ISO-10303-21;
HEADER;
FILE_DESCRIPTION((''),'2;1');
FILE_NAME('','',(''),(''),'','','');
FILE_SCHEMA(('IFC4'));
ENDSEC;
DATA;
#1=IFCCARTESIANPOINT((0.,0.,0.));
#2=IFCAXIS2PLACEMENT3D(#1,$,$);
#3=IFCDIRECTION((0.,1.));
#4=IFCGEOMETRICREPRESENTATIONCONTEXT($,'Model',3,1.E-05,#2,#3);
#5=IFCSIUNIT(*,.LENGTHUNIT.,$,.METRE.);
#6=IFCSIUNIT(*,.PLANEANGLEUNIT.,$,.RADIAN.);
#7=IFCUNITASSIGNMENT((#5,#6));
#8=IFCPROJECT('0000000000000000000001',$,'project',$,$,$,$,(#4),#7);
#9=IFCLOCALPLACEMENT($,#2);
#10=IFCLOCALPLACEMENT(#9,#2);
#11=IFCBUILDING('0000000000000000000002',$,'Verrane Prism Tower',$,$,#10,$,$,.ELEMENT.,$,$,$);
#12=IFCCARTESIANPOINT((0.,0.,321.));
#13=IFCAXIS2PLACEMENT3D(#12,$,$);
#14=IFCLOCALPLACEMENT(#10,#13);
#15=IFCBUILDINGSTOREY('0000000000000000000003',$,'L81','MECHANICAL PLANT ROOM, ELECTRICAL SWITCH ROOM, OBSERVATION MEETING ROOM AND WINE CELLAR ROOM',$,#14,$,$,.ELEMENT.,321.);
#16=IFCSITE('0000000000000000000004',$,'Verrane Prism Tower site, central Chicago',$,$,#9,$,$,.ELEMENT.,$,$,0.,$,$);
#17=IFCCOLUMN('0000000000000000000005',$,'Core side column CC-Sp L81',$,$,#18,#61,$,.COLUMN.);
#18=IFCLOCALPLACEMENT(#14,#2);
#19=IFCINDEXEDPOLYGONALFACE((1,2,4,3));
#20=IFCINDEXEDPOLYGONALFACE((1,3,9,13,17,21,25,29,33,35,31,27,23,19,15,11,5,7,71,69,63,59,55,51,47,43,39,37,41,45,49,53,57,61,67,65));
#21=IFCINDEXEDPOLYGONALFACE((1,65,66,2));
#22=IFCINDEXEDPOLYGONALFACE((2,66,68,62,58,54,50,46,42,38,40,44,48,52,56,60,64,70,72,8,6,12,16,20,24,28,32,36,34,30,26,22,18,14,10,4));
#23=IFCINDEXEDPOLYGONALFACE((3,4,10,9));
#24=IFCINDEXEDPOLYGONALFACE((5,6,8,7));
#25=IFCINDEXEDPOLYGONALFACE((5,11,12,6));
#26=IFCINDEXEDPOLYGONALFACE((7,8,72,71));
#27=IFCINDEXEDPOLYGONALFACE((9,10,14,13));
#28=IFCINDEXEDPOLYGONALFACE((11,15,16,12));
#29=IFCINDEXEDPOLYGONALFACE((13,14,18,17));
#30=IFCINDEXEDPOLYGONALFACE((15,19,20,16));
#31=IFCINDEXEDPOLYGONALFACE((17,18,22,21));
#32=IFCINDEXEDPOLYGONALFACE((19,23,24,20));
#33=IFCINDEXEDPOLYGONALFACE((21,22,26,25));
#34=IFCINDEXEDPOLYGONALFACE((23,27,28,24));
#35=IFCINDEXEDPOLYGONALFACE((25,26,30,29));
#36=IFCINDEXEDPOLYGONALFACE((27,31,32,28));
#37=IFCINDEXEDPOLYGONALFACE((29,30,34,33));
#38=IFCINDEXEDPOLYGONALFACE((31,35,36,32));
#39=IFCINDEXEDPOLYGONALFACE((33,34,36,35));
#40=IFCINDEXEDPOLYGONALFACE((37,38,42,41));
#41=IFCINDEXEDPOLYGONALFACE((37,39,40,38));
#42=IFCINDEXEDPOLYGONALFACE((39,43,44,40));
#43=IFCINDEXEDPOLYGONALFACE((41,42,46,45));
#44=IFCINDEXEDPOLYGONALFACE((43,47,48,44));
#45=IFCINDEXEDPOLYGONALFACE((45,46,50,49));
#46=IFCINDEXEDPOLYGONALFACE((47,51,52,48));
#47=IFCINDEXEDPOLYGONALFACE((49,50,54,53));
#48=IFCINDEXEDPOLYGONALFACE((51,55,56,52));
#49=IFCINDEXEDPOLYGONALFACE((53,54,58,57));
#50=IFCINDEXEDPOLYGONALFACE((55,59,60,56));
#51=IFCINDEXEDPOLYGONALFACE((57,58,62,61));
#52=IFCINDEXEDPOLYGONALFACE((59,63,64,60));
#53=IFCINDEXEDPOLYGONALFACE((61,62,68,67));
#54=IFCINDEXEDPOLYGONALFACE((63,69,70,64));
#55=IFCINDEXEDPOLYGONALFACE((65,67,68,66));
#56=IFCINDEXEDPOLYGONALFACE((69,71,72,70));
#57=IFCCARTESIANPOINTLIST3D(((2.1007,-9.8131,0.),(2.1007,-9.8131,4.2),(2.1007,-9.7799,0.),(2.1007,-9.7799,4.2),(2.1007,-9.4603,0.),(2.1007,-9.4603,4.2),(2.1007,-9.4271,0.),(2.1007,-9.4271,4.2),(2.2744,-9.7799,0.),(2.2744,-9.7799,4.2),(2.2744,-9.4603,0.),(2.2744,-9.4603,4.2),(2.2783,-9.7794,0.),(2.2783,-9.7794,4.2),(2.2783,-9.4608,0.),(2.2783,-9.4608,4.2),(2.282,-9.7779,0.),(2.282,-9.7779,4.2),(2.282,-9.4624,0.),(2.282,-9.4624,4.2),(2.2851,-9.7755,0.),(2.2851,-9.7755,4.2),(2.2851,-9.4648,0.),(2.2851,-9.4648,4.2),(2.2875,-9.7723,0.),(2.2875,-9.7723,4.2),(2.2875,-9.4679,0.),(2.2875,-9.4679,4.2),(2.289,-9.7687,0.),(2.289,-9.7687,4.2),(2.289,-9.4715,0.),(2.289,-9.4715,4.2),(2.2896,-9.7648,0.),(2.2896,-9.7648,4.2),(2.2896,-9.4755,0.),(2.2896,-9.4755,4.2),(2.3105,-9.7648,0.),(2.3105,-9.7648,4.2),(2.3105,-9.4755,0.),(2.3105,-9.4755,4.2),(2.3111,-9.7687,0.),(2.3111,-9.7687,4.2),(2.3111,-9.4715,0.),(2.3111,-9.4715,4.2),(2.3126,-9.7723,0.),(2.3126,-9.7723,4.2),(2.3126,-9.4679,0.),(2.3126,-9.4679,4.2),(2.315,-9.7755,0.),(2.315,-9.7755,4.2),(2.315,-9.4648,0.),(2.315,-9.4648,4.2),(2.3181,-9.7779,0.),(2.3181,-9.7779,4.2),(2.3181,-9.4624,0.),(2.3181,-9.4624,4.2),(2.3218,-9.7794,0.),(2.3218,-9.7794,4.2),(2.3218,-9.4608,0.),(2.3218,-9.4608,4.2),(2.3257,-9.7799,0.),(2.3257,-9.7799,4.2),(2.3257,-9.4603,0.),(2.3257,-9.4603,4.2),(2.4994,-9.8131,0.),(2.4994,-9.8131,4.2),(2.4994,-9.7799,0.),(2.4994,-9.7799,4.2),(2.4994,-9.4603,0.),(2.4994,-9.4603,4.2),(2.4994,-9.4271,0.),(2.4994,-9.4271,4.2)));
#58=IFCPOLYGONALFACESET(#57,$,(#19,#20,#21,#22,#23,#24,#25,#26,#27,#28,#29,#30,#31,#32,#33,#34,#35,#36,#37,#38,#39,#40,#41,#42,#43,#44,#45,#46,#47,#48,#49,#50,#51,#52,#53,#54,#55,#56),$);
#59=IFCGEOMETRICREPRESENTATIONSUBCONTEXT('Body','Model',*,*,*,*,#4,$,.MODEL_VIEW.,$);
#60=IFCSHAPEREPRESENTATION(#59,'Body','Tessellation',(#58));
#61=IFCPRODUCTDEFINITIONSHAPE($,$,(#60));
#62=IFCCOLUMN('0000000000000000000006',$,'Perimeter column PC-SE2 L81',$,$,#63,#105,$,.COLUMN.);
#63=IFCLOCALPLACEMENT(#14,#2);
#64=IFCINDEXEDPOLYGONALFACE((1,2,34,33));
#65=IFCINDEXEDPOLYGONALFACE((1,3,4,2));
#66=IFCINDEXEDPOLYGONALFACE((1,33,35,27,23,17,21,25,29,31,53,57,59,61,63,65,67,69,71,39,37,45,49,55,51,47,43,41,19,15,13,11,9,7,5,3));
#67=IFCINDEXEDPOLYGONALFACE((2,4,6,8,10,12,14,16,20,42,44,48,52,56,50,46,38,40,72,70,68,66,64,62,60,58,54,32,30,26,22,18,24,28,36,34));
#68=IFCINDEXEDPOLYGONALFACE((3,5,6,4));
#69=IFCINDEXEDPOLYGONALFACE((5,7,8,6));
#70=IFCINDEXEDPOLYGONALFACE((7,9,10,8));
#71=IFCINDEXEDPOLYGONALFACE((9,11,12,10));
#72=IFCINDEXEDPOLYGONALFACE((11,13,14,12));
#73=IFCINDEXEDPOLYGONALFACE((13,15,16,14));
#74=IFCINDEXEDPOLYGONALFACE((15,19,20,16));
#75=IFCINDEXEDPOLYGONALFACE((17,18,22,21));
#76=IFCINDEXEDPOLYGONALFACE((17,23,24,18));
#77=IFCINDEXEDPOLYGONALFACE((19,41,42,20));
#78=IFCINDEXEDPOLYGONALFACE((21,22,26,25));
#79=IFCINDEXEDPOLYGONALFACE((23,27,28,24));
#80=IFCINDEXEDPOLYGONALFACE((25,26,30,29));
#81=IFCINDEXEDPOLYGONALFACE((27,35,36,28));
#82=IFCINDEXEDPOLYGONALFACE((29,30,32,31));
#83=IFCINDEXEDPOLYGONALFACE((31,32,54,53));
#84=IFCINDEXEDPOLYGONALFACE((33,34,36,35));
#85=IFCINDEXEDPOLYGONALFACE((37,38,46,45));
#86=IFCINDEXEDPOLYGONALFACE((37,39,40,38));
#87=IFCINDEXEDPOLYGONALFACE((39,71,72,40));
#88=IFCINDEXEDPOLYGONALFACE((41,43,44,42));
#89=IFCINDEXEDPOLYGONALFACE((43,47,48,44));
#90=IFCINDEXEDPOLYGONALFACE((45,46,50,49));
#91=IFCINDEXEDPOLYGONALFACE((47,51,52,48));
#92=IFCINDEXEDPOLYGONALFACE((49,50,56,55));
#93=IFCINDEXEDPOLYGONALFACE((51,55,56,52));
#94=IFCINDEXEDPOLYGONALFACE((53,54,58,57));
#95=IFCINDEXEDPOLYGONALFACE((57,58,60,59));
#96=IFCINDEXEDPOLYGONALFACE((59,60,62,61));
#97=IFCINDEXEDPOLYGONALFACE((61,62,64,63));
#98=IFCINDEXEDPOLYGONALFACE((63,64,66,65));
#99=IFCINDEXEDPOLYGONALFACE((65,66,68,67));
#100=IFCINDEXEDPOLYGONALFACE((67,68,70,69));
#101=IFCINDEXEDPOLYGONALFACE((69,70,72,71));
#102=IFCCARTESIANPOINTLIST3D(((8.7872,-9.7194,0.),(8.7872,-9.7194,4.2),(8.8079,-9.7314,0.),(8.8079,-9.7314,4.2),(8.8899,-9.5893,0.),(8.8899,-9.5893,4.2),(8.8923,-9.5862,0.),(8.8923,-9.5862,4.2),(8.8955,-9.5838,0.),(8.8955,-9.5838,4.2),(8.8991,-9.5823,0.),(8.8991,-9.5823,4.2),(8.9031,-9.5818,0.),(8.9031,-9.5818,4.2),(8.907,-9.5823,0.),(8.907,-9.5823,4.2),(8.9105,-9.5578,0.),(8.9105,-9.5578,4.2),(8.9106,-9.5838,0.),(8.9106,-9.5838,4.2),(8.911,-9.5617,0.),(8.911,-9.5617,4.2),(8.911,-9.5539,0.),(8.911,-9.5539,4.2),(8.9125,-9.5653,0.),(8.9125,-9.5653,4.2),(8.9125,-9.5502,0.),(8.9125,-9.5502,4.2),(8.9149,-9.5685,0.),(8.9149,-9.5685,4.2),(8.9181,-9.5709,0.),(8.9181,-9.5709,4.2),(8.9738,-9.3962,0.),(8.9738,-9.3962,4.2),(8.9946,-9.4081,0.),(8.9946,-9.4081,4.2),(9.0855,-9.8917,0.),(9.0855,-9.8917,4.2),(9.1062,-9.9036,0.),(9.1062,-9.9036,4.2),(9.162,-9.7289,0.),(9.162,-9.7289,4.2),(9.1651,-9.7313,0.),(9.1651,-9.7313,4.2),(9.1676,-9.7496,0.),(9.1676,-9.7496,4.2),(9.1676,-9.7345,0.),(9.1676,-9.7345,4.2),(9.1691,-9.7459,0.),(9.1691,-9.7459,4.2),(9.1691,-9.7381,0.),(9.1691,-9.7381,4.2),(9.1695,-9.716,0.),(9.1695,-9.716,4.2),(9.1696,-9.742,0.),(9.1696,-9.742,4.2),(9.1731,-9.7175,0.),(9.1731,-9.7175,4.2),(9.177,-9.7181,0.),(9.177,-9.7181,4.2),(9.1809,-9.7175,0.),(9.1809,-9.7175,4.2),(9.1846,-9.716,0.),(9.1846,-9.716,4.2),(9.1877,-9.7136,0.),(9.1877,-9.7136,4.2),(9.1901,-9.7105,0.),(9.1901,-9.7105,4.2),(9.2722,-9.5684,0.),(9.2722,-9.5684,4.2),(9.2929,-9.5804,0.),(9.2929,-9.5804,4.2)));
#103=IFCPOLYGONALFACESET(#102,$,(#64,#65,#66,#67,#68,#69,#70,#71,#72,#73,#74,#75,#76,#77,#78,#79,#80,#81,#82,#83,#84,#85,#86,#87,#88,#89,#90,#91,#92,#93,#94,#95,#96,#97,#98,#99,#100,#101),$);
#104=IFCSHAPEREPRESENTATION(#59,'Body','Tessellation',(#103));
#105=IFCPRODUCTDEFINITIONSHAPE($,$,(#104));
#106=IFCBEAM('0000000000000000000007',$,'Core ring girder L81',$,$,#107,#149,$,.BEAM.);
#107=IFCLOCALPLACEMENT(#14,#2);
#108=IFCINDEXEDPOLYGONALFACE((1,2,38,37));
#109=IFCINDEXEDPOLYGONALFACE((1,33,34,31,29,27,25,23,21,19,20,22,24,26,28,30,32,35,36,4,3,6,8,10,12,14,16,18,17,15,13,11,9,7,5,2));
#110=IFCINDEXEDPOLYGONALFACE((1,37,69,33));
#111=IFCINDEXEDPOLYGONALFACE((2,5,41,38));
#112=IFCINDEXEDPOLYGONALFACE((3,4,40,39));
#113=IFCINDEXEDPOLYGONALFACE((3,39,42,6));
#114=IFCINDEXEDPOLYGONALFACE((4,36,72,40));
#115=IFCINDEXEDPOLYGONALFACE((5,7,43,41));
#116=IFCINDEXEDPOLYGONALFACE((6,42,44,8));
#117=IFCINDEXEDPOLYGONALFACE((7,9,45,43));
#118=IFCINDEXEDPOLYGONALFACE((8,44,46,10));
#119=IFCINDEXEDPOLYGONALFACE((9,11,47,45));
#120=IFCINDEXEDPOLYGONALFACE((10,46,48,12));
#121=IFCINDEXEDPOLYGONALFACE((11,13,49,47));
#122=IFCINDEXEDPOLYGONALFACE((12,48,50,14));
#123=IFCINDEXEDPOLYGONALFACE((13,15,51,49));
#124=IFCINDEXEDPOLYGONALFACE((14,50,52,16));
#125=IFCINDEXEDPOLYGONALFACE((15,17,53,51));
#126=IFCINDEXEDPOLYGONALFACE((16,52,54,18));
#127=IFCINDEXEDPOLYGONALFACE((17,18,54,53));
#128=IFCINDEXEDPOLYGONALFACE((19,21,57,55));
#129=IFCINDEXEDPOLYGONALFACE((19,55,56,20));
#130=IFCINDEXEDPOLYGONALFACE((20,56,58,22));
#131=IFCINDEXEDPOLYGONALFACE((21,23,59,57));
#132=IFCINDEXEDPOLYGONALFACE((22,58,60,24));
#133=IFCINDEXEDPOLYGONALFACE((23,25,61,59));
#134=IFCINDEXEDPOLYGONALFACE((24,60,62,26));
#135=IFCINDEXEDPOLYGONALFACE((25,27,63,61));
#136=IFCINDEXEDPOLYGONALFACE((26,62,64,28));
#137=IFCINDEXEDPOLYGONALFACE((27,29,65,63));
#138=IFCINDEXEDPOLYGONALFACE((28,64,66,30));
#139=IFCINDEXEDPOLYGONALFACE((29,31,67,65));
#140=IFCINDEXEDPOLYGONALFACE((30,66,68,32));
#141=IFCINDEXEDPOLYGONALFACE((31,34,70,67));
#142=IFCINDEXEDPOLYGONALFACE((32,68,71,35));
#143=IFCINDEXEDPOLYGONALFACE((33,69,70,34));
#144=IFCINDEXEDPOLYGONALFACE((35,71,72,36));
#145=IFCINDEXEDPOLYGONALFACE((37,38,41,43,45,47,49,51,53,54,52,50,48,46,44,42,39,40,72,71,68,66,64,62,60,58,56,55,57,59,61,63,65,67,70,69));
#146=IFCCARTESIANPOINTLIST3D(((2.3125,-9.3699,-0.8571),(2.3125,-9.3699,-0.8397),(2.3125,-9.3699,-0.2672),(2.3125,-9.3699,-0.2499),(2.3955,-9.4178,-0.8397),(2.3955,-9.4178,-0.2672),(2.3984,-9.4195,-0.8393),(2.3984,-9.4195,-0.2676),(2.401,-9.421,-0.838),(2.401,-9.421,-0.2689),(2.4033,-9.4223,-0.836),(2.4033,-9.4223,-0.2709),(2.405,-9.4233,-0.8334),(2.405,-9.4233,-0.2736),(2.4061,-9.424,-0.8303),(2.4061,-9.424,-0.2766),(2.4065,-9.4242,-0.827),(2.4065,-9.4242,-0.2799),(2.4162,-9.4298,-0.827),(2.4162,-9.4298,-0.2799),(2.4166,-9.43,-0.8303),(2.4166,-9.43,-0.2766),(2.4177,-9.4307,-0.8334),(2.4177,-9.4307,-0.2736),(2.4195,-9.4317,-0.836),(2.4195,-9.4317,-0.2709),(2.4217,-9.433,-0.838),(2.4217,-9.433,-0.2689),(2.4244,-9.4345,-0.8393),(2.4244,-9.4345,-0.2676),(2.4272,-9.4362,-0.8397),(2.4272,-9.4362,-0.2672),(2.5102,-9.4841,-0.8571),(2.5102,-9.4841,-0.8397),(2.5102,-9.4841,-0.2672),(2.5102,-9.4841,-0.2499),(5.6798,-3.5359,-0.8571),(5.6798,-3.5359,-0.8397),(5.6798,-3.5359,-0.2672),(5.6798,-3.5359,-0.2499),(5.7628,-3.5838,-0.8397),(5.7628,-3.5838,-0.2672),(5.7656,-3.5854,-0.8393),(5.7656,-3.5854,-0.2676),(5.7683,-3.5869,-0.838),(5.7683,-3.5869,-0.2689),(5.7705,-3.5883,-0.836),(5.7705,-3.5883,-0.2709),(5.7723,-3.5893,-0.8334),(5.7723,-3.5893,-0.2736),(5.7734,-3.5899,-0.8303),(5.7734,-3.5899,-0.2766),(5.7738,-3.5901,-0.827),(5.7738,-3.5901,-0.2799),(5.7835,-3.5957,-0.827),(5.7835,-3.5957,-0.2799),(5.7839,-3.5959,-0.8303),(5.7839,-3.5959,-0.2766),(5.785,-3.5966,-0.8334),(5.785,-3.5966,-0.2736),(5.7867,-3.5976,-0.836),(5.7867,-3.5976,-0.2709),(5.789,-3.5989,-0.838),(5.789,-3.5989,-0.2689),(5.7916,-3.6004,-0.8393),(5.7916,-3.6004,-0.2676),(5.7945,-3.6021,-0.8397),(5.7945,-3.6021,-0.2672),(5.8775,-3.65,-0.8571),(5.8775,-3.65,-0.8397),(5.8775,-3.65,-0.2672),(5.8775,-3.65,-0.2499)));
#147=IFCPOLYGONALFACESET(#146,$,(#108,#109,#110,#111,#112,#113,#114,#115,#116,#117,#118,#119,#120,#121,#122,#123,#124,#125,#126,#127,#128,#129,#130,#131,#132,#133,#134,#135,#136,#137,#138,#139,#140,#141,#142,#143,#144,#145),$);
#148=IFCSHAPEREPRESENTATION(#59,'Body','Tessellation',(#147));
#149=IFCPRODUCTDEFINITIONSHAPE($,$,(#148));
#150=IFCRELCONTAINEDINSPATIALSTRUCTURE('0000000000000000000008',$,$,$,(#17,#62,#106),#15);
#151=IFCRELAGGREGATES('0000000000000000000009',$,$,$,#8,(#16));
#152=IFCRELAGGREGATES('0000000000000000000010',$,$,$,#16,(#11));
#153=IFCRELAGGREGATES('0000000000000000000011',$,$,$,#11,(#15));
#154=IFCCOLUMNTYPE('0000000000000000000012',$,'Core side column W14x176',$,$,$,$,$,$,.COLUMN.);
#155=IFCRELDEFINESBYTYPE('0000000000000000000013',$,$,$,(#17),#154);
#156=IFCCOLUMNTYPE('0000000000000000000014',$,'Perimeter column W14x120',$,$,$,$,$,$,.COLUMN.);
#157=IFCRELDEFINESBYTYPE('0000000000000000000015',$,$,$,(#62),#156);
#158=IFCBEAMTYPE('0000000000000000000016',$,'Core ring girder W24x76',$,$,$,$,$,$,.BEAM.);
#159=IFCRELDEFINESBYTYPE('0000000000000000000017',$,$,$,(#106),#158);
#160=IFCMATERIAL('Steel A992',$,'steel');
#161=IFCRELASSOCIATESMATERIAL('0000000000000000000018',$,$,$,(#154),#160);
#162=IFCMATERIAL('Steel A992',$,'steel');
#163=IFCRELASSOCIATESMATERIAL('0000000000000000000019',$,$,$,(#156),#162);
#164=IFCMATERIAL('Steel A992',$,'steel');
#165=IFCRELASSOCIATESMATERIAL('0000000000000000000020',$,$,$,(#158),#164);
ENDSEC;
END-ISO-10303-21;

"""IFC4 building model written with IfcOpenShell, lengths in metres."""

from ifc_helpers import new_model, si_unit, direction, frame, origin, origin_2d, place, context, subcontext, project, spatial, i_section, extrude, material, material_profile, profile_set, type_object, element, save


model = new_model("IFC4")

# Units and contexts
model_context = context("Model", 3, precision=1e-05, world=origin(), true_north=direction((0.0, 1.0)))
body_context = subcontext(model_context, "Body", "Model", "MODEL_VIEW")
ifc_project = project(units=[si_unit("LENGTHUNIT", "METRE"), si_unit("PLANEANGLEUNIT", "RADIAN")], contexts=[model_context])

# Site, building, storey
site_placement = place(None, origin())
site = spatial("IfcSite", under=ifc_project, at=site_placement, Name="Verrane Prism Tower site, central Chicago", CompositionType="ELEMENT", RefElevation=0.0)
building_placement = place(site_placement, origin())
building = spatial("IfcBuilding", under=site, at=building_placement, Name="Verrane Prism Tower", CompositionType="ELEMENT")
storey_placement = place(building_placement, frame((0.0, 0.0, 321.0)))
storey = spatial("IfcBuildingStorey", under=building, at=storey_placement, Name="L81", Description="MECHANICAL PLANT ROOM, ELECTRICAL SWITCH ROOM, OBSERVATION MEETING ROOM AND WINE CELLAR ROOM", CompositionType="ELEMENT", Elevation=321.0)

# Columns
ifc_material_1 = material(Name="Steel A992", Category="steel")
ifc_material_profile_1 = material_profile(ifc_material_1, i_section(OverallWidth=0.3987, OverallDepth=0.386, WebThickness=0.021, FlangeThickness=0.0332, FilletRadius=0.0151, at=origin_2d()), Name="W14x176")
ifc_profile_set_1 = profile_set([ifc_material_profile_1], Name="Steel A992")
column_type_1 = type_object("IfcColumnType", Name="Core side column W14x176", PredefinedType="COLUMN", material=ifc_profile_set_1)
column_1_placement = place(storey_placement, frame((2.3, -9.6201, 0.0), z_axis=(0.0, 0.0, 1.0), x_axis=(1.0, 0.0, 0.0)))
element("IfcColumn", 1, at=column_1_placement, inside=storey, type_object=column_type_1, Name="Core side column CC-Sp L81", PredefinedType="COLUMN", context=body_context, shape_type="SweptSolid", body=[
    extrude(i_section(OverallWidth=0.3987, OverallDepth=0.386, WebThickness=0.021, FlangeThickness=0.0332, FilletRadius=0.0151, at=origin_2d()), origin(), (0.0, 0.0, 1.0), 4.2),
])
ifc_material_2 = material(Name="Steel A992", Category="steel")
ifc_material_profile_2 = material_profile(ifc_material_2, i_section(OverallWidth=0.3733, OverallDepth=0.3684, WebThickness=0.0149, FlangeThickness=0.0239, FilletRadius=0.0151, at=origin_2d()), Name="W14x120")
ifc_profile_set_2 = profile_set([ifc_material_profile_2], Name="Steel A992")
column_type_2 = type_object("IfcColumnType", Name="Perimeter column W14x120", PredefinedType="COLUMN", material=ifc_profile_set_2)
column_2_placement = place(storey_placement, frame((9.04, -9.6499, 0.0), z_axis=(0.0, 0.0, 1.0), x_axis=(-0.5, -0.866025, 0.0)))
element("IfcColumn", 2, at=column_2_placement, inside=storey, type_object=column_type_2, Name="Perimeter column PC-SE2 L81", PredefinedType="COLUMN", context=body_context, shape_type="SweptSolid", body=[
    extrude(i_section(OverallWidth=0.3733, OverallDepth=0.3684, WebThickness=0.0149, FlangeThickness=0.0239, FilletRadius=0.0151, at=origin_2d()), origin(), (0.0, 0.0, 1.0), 4.2),
])

# Beam
ifc_material_3 = material(Name="Steel A992", Category="steel")
ifc_material_profile_3 = material_profile(ifc_material_3, i_section(OverallWidth=0.2283, OverallDepth=0.6072, WebThickness=0.0112, FlangeThickness=0.0173, FilletRadius=0.0127, at=origin_2d()), Name="W24x76")
ifc_profile_set_3 = profile_set([ifc_material_profile_3], Name="Steel A992")
beam_type_1 = type_object("IfcBeamType", Name="Core ring girder W24x76", PredefinedType="BEAM", material=ifc_profile_set_3)
beam_1_placement = place(storey_placement, frame((2.4114, -9.427, -0.5535), z_axis=(0.499881, 0.866094, 0.0), x_axis=(-0.866094, 0.499881, 0.0)))
element("IfcBeam", 3, at=beam_1_placement, inside=storey, type_object=beam_type_1, Name="Core ring girder L81", PredefinedType="BEAM", context=body_context, shape_type="SweptSolid", body=[
    extrude(i_section(OverallWidth=0.2283, OverallDepth=0.6072, WebThickness=0.0112, FlangeThickness=0.0173, FilletRadius=0.0127, at=origin_2d()), origin(), (0.0, 0.0, 1.0), 6.7361),
])

save(model, "model.ifc")
